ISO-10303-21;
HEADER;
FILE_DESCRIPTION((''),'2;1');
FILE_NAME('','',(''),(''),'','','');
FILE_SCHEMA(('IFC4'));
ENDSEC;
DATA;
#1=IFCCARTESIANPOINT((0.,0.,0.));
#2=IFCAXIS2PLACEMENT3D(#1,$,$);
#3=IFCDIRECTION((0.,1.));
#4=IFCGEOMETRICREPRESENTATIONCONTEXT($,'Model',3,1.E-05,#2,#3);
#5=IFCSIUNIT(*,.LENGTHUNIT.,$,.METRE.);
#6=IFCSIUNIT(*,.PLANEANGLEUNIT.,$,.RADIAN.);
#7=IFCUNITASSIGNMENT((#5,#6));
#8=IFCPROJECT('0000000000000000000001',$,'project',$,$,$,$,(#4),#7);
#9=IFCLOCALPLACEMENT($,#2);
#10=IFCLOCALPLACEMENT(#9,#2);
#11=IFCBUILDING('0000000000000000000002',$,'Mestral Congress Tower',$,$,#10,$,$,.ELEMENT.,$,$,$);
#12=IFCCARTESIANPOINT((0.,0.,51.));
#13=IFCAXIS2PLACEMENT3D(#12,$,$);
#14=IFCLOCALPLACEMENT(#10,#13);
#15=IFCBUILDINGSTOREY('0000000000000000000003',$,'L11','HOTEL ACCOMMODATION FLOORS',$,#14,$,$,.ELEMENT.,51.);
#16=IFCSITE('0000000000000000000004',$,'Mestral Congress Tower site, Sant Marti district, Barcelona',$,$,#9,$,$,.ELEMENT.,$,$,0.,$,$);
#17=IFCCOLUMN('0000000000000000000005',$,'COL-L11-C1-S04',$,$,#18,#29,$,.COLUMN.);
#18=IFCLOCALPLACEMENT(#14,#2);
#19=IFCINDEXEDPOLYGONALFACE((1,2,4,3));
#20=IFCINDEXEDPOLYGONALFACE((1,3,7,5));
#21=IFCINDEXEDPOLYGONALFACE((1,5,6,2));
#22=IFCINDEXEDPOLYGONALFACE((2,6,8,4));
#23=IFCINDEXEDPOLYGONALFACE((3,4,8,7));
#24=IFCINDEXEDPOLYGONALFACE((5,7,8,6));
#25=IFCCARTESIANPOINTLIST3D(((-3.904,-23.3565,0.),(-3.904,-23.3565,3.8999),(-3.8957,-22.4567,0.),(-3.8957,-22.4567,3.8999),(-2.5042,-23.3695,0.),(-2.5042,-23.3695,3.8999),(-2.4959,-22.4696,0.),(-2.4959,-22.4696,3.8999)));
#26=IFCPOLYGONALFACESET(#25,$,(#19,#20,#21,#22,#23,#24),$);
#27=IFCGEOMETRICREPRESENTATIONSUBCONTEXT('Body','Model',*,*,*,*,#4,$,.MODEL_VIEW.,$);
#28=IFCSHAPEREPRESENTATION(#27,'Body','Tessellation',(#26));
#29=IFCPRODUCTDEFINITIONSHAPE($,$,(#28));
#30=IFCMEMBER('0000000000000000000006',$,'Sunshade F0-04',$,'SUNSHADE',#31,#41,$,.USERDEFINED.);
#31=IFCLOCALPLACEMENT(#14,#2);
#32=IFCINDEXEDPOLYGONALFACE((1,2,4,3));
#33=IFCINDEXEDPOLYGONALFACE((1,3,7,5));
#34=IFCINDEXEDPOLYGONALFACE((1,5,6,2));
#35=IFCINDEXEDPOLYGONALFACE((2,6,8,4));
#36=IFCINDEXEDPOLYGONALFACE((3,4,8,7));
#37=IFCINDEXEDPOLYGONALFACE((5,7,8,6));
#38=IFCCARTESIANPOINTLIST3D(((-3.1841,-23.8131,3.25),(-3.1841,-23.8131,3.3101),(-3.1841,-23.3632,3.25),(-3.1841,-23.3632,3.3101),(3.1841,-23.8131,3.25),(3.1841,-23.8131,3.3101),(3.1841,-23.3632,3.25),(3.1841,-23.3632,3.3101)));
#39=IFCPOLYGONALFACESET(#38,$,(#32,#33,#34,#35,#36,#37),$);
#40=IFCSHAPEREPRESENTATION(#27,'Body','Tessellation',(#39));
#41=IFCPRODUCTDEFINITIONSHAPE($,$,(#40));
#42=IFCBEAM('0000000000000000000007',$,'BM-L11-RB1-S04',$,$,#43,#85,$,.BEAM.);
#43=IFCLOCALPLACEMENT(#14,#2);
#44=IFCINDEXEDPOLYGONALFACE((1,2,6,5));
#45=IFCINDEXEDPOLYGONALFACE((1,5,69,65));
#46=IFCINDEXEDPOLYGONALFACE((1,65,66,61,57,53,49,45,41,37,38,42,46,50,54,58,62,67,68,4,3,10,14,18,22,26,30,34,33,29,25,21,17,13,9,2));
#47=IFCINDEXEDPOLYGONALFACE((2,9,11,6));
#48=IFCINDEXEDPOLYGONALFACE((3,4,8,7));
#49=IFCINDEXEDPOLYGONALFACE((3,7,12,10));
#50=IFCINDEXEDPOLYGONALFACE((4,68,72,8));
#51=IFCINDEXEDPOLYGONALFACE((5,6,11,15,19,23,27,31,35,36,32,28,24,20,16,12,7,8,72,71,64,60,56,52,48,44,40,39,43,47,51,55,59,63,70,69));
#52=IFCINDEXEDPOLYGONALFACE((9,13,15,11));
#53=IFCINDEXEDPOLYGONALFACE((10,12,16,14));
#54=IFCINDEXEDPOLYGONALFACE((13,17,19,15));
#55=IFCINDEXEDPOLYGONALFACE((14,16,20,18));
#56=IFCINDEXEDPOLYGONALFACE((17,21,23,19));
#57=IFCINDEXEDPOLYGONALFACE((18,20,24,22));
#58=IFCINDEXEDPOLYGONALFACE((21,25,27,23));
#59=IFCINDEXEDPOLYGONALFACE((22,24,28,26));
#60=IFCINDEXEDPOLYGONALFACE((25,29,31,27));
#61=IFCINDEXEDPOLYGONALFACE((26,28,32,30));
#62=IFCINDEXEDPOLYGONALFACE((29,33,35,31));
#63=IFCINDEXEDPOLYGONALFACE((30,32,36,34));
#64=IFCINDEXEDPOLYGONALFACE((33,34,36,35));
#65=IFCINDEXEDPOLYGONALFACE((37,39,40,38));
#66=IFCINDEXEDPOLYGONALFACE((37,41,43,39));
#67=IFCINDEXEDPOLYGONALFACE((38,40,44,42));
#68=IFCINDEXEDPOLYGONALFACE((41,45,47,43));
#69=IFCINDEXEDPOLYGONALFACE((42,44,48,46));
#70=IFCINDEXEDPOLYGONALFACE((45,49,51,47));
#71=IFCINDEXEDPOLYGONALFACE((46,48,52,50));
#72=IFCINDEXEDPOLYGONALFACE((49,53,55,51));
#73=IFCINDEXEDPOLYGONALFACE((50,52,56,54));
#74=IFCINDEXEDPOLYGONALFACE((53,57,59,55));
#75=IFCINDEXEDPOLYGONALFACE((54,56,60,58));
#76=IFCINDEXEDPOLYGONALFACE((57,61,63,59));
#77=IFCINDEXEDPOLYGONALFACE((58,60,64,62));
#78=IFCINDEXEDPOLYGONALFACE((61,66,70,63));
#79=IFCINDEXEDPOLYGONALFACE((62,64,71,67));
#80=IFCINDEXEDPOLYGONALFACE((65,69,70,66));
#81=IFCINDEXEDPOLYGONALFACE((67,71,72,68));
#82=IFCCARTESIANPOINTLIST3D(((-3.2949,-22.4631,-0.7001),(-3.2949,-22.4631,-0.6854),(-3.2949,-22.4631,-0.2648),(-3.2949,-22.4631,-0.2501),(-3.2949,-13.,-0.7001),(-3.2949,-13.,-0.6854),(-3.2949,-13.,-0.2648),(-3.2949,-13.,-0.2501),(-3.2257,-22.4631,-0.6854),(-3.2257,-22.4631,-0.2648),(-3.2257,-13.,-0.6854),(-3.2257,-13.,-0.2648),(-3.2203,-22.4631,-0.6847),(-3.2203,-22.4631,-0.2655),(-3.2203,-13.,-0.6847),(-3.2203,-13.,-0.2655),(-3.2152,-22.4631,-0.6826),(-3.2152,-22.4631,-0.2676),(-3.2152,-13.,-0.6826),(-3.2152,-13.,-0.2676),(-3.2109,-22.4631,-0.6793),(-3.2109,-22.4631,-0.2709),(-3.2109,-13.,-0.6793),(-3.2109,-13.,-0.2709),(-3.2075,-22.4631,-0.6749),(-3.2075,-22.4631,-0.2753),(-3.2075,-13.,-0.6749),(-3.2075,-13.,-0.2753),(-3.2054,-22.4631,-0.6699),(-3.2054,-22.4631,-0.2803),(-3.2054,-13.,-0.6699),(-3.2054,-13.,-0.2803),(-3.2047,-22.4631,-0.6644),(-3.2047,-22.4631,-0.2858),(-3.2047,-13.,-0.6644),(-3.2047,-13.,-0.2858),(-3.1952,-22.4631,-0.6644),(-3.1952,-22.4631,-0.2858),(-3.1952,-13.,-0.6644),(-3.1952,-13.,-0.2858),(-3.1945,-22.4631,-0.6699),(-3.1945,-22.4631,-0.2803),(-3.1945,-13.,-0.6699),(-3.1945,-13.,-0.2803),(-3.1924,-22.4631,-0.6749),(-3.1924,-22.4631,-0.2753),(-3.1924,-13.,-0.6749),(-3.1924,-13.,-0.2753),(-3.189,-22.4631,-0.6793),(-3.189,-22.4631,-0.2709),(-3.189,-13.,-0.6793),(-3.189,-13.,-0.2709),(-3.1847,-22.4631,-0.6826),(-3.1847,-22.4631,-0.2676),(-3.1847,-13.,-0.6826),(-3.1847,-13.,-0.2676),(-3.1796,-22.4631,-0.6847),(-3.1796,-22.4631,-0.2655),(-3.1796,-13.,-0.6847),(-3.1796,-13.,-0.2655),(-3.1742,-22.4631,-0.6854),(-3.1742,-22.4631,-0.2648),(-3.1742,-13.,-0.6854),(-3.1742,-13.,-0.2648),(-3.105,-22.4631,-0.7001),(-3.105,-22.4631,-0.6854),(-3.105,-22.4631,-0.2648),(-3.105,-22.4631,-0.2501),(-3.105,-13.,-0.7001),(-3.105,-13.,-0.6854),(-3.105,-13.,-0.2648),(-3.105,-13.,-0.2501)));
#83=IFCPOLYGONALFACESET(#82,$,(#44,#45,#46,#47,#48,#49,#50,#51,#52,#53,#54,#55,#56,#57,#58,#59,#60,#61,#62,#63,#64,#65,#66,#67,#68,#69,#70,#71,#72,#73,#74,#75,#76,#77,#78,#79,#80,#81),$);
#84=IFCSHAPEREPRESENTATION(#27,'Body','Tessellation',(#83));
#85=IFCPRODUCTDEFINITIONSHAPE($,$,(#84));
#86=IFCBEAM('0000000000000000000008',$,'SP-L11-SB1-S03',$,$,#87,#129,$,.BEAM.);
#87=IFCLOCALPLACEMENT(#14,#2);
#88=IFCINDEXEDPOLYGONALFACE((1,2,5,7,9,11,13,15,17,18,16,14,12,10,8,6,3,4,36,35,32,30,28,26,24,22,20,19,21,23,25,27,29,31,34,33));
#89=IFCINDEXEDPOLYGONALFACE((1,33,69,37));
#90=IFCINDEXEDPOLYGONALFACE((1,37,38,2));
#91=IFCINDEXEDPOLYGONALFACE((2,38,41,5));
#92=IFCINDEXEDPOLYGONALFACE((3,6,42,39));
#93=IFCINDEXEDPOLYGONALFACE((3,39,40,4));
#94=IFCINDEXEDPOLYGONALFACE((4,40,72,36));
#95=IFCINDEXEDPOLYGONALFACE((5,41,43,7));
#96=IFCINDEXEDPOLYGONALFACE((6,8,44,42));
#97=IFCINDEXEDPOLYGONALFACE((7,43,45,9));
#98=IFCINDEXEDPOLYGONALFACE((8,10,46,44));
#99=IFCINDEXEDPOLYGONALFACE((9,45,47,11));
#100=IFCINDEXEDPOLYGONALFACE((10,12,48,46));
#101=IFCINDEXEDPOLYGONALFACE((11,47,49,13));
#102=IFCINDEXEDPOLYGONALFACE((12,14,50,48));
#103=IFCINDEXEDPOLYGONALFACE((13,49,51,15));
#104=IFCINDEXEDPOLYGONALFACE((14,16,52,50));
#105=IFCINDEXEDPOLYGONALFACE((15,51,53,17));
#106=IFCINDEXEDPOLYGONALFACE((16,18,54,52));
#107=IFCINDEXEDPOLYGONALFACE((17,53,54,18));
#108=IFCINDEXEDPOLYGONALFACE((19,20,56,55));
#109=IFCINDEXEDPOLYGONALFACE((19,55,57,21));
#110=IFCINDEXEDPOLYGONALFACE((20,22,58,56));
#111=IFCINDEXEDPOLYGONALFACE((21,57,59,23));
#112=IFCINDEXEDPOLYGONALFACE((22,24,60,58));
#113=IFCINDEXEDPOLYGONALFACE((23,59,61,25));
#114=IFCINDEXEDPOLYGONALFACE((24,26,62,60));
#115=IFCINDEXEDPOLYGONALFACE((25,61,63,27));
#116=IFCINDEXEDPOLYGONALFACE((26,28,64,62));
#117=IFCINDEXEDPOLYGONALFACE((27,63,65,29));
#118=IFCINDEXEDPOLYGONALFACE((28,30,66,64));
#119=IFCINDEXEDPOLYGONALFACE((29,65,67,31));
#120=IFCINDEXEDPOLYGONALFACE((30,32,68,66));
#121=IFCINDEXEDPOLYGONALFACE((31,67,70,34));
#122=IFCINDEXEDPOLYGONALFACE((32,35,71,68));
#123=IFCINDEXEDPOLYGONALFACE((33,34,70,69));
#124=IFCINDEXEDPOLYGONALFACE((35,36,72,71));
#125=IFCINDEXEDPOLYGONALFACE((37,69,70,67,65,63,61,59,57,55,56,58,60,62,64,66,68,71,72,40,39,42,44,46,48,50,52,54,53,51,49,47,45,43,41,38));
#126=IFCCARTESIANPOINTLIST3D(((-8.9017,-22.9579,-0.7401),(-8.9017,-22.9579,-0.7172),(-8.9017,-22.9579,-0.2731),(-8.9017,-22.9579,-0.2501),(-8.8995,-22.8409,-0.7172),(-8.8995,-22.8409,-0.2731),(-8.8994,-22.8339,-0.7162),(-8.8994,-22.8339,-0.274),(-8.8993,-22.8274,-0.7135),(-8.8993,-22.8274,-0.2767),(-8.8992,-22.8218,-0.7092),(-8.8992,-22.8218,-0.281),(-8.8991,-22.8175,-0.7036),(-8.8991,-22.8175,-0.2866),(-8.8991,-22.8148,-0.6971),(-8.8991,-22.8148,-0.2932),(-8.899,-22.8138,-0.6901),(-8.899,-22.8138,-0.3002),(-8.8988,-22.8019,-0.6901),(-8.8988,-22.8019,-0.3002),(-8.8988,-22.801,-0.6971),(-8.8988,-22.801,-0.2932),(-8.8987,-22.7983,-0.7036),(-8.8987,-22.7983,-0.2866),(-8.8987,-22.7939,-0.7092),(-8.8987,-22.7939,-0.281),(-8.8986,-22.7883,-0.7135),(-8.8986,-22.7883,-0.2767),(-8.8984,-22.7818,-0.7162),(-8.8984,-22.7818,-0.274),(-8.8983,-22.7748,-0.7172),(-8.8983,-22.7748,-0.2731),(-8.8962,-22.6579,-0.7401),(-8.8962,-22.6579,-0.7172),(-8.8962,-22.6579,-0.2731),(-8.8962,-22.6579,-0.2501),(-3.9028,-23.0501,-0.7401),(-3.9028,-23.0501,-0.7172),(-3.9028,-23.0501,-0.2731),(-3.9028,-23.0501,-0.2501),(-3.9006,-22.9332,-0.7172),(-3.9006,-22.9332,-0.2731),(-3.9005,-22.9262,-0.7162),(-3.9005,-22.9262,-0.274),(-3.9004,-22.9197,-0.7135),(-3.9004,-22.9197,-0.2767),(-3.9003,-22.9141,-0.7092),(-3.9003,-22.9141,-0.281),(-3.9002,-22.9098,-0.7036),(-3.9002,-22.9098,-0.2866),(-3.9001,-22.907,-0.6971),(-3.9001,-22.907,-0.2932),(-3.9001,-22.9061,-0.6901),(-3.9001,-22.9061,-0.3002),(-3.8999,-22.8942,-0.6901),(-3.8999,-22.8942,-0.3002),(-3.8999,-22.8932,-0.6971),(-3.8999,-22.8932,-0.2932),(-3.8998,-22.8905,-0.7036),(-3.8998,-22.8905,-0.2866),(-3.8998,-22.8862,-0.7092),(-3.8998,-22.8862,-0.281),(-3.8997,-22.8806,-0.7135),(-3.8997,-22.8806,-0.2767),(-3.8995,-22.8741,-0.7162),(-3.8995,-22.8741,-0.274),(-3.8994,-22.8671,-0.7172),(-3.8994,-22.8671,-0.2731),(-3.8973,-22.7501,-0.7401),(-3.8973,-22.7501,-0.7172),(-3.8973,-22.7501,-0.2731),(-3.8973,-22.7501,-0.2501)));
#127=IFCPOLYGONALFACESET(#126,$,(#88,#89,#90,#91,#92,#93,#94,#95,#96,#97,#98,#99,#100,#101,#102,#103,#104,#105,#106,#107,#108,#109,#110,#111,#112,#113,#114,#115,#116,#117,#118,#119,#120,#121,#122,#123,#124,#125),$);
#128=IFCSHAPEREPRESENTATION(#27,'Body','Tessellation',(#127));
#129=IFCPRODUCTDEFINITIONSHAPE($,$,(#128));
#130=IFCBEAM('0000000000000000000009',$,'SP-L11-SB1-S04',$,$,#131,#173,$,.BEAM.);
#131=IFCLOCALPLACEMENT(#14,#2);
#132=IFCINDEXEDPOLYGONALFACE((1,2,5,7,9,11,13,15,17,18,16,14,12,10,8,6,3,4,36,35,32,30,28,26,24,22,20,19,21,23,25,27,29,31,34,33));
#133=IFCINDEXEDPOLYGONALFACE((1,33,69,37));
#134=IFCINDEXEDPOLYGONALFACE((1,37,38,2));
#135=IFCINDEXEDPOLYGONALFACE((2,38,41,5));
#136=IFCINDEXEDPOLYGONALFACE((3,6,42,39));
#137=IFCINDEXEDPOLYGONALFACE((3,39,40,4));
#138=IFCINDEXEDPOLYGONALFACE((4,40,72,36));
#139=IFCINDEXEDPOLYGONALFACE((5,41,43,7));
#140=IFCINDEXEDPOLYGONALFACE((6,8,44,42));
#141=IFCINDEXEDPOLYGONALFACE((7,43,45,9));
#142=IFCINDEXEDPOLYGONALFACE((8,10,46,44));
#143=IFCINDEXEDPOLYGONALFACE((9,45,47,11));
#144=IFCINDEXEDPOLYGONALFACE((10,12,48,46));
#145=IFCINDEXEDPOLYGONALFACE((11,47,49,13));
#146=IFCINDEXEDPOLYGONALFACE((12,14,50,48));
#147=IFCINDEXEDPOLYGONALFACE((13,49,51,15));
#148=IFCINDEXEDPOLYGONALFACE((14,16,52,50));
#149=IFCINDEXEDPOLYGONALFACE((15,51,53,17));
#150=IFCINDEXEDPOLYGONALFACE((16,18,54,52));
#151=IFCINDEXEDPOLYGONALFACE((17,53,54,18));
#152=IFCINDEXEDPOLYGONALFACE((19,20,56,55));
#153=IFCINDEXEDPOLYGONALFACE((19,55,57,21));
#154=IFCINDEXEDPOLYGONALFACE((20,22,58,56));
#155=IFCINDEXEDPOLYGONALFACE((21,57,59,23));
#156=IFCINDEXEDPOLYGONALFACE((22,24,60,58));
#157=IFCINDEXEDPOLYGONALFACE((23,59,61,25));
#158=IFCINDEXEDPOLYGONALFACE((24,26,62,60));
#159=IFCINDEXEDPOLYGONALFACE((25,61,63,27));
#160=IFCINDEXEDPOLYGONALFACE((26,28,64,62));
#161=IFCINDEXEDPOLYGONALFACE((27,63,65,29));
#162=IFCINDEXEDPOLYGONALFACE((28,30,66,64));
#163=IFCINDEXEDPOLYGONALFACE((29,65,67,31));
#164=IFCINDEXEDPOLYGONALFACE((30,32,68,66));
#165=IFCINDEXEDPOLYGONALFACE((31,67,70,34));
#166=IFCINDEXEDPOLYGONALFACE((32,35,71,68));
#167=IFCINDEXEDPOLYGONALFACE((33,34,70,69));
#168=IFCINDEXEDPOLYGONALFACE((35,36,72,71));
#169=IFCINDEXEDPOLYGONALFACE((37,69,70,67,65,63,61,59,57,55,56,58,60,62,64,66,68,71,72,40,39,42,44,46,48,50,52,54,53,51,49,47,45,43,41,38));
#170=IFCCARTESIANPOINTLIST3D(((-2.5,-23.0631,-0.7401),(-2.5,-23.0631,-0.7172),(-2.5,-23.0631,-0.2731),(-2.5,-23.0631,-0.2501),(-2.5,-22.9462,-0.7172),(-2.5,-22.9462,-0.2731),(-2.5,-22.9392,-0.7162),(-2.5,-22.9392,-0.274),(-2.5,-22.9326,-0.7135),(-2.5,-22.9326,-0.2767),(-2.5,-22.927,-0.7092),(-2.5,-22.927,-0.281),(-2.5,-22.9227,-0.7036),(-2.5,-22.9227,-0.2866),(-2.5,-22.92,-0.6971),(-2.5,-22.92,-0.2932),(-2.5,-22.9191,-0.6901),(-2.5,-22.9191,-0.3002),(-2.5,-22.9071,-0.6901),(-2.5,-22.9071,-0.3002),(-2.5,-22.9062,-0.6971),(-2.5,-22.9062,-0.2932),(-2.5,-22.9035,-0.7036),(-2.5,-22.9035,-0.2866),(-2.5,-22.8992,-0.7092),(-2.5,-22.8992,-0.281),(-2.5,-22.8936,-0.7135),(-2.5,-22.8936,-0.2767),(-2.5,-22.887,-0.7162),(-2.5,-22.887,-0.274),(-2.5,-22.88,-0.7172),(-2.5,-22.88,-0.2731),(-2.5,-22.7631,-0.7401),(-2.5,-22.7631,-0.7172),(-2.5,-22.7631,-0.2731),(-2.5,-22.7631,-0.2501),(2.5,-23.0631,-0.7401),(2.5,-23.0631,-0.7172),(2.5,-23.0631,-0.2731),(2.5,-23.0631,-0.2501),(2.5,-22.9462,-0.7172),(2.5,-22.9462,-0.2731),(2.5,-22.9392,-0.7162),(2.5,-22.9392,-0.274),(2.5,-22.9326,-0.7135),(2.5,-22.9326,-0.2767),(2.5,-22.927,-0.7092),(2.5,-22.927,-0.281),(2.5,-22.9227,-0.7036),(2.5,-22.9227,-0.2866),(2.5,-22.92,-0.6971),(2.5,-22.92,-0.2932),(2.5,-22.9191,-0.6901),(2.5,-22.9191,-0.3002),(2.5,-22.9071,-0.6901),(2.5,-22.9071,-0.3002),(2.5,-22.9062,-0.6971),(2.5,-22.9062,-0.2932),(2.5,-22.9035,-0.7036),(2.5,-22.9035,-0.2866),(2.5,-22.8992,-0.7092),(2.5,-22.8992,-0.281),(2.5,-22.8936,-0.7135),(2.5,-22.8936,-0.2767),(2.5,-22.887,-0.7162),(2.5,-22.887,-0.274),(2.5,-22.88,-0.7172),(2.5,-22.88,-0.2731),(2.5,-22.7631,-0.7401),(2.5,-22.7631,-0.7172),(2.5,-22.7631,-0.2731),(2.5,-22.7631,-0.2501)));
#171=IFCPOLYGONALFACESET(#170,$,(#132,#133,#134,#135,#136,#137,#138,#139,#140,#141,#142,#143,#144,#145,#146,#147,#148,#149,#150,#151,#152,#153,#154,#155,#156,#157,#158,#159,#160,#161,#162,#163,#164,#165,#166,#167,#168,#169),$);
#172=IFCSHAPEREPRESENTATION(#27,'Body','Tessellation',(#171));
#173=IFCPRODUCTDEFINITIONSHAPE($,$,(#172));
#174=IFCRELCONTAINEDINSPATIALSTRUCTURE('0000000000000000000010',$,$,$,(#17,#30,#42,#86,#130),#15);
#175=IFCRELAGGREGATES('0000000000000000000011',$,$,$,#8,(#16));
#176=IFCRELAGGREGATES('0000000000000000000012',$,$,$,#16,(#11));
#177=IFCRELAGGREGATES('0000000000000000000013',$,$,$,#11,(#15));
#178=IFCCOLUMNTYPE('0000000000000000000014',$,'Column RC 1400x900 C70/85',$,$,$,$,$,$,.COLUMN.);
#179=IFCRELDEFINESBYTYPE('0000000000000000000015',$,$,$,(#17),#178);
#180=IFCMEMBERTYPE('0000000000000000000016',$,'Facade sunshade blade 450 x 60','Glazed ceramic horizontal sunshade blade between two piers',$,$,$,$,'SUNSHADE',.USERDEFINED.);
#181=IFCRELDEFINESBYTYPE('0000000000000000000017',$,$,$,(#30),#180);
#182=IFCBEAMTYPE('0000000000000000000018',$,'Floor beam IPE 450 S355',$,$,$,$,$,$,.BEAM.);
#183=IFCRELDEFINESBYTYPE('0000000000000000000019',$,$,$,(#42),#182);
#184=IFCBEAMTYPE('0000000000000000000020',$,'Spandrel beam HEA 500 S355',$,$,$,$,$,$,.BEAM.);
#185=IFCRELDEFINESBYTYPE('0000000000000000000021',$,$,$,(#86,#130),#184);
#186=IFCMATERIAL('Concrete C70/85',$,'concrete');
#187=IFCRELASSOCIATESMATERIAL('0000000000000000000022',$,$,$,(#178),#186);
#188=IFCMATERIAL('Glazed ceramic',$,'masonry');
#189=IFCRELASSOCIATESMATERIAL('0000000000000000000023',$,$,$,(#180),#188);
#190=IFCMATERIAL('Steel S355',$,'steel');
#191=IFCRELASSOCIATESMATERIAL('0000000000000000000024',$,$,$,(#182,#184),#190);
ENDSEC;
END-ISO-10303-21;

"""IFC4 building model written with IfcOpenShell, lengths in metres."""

from ifc_helpers import new_model, si_unit, direction, frame, origin, origin_2d, place, context, subcontext, project, spatial, rectangle, i_section, extrude, material, material_profile, profile_set, type_object, element, save


model = new_model("IFC4")

# Units and contexts
model_context = context("Model", 3, precision=1e-05, world=origin(), true_north=direction((0.0, 1.0)))
body_context = subcontext(model_context, "Body", "Model", "MODEL_VIEW")
ifc_project = project(units=[si_unit("LENGTHUNIT", "METRE"), si_unit("PLANEANGLEUNIT", "RADIAN")], contexts=[model_context])

# Site, building, storey
site_placement = place(None, origin())
site = spatial("IfcSite", under=ifc_project, at=site_placement, Name="Mestral Congress Tower site, Sant Marti district, Barcelona", CompositionType="ELEMENT", RefElevation=0.0)
building_placement = place(site_placement, origin())
building = spatial("IfcBuilding", under=site, at=building_placement, Name="Mestral Congress Tower", CompositionType="ELEMENT")
storey_placement = place(building_placement, frame((0.0, 0.0, 51.0)))
storey = spatial("IfcBuildingStorey", under=building, at=storey_placement, Name="L11", Description="HOTEL ACCOMMODATION FLOORS", CompositionType="ELEMENT", Elevation=51.0)

# Column
ifc_material_1 = material(Name="Concrete C70/85", Category="concrete")
ifc_material_profile_1 = material_profile(ifc_material_1, rectangle(XDim=1.3999, YDim=0.8999, at=origin_2d()), Name="RC 1400x900")
ifc_profile_set_1 = profile_set([ifc_material_profile_1], Name="Concrete C70/85")
column_type = type_object("IfcColumnType", Name="Column RC 1400x900 C70/85", PredefinedType="COLUMN", material=ifc_profile_set_1)
column_placement = place(storey_placement, frame((-3.2, -22.9131, 0.0), z_axis=(0.0, 0.0, 1.0), x_axis=(0.999957, -0.009243, 0.0)))
element("IfcColumn", 1, at=column_placement, inside=storey, type_object=column_type, Name="COL-L11-C1-S04", PredefinedType="COLUMN", context=body_context, shape_type="SweptSolid", body=[
    extrude(rectangle(XDim=1.3999, YDim=0.8999, at=origin_2d()), origin(), (0.0, 0.0, 1.0), 3.8999),
])

# Member
ifc_material_2 = material(Name="Glazed ceramic", Category="masonry")
ifc_material_profile_2 = material_profile(ifc_material_2, rectangle(XDim=0.45, YDim=0.0601, at=origin_2d()), Name="Ceramic blade 450 x 60")
ifc_profile_set_2 = profile_set([ifc_material_profile_2], Name="Glazed ceramic")
member_type = type_object("IfcMemberType", Name="Facade sunshade blade 450 x 60", Description="Glazed ceramic horizontal sunshade blade between two piers", ElementType="SUNSHADE", PredefinedType="USERDEFINED", material=ifc_profile_set_2)
member_placement = place(storey_placement, frame((-3.1841, -23.5881, 3.28), z_axis=(1.0, 0.0, 0.0), x_axis=(0.0, 1.0, 0.0)))
element("IfcMember", 2, at=member_placement, inside=storey, type_object=member_type, Name="Sunshade F0-04", ObjectType="SUNSHADE", PredefinedType="USERDEFINED", context=body_context, shape_type="SweptSolid", body=[
    extrude(rectangle(XDim=0.45, YDim=0.0601, at=origin_2d()), origin(), (0.0, 0.0, 1.0), 6.3682),
])

# Beams
ifc_material_3 = material(Name="Steel S355", Category="steel")
ifc_material_profile_3 = material_profile(ifc_material_3, i_section(OverallWidth=0.1899, OverallDepth=0.45, WebThickness=0.0095, FlangeThickness=0.0146, FilletRadius=0.021, at=origin_2d()), Name="IPE 450")
ifc_profile_set_3 = profile_set([ifc_material_profile_3], Name="Steel S355")
beam_type_1 = type_object("IfcBeamType", Name="Floor beam IPE 450 S355", PredefinedType="BEAM", material=ifc_profile_set_3)
beam_1_placement = place(storey_placement, frame((-3.2, -22.4631, -0.4751), z_axis=(0.0, 1.0, 0.0), x_axis=(-1.0, 0.0, 0.0)))
element("IfcBeam", 3, at=beam_1_placement, inside=storey, type_object=beam_type_1, Name="BM-L11-RB1-S04", PredefinedType="BEAM", context=body_context, shape_type="SweptSolid", body=[
    extrude(i_section(OverallWidth=0.1899, OverallDepth=0.45, WebThickness=0.0095, FlangeThickness=0.0146, FilletRadius=0.021, at=origin_2d()), origin(), (0.0, 0.0, 1.0), 9.4631),
])
ifc_material_profile_4 = material_profile(ifc_material_3, i_section(OverallWidth=0.3, OverallDepth=0.49, WebThickness=0.012, FlangeThickness=0.0229, FilletRadius=0.0271, at=origin_2d()), Name="HEA 500")
ifc_profile_set_4 = profile_set([ifc_material_profile_4], Name="Steel S355")
beam_type_2 = type_object("IfcBeamType", Name="Spandrel beam HEA 500 S355", PredefinedType="BEAM", material=ifc_profile_set_4)
beam_2_placement = place(storey_placement, frame((-8.8989, -22.8079, -0.4951), z_axis=(0.99983, -0.018457, 0.0), x_axis=(0.018457, 0.99983, 0.0)))
element("IfcBeam", 4, at=beam_2_placement, inside=storey, type_object=beam_type_2, Name="SP-L11-SB1-S03", PredefinedType="BEAM", context=body_context, shape_type="SweptSolid", body=[
    extrude(i_section(OverallWidth=0.3, OverallDepth=0.49, WebThickness=0.012, FlangeThickness=0.0229, FilletRadius=0.0271, at=origin_2d()), origin(), (0.0, 0.0, 1.0), 4.9998),
])
beam_3_placement = place(storey_placement, frame((-2.5, -22.9131, -0.4951), z_axis=(1.0, 0.0, 0.0), x_axis=(0.0, 1.0, 0.0)))
element("IfcBeam", 5, at=beam_3_placement, inside=storey, type_object=beam_type_2, Name="SP-L11-SB1-S04", PredefinedType="BEAM", context=body_context, shape_type="SweptSolid", body=[
    extrude(i_section(OverallWidth=0.3, OverallDepth=0.49, WebThickness=0.012, FlangeThickness=0.0229, FilletRadius=0.0271, at=origin_2d()), origin(), (0.0, 0.0, 1.0), 5.0),
])

save(model, "model.ifc")
